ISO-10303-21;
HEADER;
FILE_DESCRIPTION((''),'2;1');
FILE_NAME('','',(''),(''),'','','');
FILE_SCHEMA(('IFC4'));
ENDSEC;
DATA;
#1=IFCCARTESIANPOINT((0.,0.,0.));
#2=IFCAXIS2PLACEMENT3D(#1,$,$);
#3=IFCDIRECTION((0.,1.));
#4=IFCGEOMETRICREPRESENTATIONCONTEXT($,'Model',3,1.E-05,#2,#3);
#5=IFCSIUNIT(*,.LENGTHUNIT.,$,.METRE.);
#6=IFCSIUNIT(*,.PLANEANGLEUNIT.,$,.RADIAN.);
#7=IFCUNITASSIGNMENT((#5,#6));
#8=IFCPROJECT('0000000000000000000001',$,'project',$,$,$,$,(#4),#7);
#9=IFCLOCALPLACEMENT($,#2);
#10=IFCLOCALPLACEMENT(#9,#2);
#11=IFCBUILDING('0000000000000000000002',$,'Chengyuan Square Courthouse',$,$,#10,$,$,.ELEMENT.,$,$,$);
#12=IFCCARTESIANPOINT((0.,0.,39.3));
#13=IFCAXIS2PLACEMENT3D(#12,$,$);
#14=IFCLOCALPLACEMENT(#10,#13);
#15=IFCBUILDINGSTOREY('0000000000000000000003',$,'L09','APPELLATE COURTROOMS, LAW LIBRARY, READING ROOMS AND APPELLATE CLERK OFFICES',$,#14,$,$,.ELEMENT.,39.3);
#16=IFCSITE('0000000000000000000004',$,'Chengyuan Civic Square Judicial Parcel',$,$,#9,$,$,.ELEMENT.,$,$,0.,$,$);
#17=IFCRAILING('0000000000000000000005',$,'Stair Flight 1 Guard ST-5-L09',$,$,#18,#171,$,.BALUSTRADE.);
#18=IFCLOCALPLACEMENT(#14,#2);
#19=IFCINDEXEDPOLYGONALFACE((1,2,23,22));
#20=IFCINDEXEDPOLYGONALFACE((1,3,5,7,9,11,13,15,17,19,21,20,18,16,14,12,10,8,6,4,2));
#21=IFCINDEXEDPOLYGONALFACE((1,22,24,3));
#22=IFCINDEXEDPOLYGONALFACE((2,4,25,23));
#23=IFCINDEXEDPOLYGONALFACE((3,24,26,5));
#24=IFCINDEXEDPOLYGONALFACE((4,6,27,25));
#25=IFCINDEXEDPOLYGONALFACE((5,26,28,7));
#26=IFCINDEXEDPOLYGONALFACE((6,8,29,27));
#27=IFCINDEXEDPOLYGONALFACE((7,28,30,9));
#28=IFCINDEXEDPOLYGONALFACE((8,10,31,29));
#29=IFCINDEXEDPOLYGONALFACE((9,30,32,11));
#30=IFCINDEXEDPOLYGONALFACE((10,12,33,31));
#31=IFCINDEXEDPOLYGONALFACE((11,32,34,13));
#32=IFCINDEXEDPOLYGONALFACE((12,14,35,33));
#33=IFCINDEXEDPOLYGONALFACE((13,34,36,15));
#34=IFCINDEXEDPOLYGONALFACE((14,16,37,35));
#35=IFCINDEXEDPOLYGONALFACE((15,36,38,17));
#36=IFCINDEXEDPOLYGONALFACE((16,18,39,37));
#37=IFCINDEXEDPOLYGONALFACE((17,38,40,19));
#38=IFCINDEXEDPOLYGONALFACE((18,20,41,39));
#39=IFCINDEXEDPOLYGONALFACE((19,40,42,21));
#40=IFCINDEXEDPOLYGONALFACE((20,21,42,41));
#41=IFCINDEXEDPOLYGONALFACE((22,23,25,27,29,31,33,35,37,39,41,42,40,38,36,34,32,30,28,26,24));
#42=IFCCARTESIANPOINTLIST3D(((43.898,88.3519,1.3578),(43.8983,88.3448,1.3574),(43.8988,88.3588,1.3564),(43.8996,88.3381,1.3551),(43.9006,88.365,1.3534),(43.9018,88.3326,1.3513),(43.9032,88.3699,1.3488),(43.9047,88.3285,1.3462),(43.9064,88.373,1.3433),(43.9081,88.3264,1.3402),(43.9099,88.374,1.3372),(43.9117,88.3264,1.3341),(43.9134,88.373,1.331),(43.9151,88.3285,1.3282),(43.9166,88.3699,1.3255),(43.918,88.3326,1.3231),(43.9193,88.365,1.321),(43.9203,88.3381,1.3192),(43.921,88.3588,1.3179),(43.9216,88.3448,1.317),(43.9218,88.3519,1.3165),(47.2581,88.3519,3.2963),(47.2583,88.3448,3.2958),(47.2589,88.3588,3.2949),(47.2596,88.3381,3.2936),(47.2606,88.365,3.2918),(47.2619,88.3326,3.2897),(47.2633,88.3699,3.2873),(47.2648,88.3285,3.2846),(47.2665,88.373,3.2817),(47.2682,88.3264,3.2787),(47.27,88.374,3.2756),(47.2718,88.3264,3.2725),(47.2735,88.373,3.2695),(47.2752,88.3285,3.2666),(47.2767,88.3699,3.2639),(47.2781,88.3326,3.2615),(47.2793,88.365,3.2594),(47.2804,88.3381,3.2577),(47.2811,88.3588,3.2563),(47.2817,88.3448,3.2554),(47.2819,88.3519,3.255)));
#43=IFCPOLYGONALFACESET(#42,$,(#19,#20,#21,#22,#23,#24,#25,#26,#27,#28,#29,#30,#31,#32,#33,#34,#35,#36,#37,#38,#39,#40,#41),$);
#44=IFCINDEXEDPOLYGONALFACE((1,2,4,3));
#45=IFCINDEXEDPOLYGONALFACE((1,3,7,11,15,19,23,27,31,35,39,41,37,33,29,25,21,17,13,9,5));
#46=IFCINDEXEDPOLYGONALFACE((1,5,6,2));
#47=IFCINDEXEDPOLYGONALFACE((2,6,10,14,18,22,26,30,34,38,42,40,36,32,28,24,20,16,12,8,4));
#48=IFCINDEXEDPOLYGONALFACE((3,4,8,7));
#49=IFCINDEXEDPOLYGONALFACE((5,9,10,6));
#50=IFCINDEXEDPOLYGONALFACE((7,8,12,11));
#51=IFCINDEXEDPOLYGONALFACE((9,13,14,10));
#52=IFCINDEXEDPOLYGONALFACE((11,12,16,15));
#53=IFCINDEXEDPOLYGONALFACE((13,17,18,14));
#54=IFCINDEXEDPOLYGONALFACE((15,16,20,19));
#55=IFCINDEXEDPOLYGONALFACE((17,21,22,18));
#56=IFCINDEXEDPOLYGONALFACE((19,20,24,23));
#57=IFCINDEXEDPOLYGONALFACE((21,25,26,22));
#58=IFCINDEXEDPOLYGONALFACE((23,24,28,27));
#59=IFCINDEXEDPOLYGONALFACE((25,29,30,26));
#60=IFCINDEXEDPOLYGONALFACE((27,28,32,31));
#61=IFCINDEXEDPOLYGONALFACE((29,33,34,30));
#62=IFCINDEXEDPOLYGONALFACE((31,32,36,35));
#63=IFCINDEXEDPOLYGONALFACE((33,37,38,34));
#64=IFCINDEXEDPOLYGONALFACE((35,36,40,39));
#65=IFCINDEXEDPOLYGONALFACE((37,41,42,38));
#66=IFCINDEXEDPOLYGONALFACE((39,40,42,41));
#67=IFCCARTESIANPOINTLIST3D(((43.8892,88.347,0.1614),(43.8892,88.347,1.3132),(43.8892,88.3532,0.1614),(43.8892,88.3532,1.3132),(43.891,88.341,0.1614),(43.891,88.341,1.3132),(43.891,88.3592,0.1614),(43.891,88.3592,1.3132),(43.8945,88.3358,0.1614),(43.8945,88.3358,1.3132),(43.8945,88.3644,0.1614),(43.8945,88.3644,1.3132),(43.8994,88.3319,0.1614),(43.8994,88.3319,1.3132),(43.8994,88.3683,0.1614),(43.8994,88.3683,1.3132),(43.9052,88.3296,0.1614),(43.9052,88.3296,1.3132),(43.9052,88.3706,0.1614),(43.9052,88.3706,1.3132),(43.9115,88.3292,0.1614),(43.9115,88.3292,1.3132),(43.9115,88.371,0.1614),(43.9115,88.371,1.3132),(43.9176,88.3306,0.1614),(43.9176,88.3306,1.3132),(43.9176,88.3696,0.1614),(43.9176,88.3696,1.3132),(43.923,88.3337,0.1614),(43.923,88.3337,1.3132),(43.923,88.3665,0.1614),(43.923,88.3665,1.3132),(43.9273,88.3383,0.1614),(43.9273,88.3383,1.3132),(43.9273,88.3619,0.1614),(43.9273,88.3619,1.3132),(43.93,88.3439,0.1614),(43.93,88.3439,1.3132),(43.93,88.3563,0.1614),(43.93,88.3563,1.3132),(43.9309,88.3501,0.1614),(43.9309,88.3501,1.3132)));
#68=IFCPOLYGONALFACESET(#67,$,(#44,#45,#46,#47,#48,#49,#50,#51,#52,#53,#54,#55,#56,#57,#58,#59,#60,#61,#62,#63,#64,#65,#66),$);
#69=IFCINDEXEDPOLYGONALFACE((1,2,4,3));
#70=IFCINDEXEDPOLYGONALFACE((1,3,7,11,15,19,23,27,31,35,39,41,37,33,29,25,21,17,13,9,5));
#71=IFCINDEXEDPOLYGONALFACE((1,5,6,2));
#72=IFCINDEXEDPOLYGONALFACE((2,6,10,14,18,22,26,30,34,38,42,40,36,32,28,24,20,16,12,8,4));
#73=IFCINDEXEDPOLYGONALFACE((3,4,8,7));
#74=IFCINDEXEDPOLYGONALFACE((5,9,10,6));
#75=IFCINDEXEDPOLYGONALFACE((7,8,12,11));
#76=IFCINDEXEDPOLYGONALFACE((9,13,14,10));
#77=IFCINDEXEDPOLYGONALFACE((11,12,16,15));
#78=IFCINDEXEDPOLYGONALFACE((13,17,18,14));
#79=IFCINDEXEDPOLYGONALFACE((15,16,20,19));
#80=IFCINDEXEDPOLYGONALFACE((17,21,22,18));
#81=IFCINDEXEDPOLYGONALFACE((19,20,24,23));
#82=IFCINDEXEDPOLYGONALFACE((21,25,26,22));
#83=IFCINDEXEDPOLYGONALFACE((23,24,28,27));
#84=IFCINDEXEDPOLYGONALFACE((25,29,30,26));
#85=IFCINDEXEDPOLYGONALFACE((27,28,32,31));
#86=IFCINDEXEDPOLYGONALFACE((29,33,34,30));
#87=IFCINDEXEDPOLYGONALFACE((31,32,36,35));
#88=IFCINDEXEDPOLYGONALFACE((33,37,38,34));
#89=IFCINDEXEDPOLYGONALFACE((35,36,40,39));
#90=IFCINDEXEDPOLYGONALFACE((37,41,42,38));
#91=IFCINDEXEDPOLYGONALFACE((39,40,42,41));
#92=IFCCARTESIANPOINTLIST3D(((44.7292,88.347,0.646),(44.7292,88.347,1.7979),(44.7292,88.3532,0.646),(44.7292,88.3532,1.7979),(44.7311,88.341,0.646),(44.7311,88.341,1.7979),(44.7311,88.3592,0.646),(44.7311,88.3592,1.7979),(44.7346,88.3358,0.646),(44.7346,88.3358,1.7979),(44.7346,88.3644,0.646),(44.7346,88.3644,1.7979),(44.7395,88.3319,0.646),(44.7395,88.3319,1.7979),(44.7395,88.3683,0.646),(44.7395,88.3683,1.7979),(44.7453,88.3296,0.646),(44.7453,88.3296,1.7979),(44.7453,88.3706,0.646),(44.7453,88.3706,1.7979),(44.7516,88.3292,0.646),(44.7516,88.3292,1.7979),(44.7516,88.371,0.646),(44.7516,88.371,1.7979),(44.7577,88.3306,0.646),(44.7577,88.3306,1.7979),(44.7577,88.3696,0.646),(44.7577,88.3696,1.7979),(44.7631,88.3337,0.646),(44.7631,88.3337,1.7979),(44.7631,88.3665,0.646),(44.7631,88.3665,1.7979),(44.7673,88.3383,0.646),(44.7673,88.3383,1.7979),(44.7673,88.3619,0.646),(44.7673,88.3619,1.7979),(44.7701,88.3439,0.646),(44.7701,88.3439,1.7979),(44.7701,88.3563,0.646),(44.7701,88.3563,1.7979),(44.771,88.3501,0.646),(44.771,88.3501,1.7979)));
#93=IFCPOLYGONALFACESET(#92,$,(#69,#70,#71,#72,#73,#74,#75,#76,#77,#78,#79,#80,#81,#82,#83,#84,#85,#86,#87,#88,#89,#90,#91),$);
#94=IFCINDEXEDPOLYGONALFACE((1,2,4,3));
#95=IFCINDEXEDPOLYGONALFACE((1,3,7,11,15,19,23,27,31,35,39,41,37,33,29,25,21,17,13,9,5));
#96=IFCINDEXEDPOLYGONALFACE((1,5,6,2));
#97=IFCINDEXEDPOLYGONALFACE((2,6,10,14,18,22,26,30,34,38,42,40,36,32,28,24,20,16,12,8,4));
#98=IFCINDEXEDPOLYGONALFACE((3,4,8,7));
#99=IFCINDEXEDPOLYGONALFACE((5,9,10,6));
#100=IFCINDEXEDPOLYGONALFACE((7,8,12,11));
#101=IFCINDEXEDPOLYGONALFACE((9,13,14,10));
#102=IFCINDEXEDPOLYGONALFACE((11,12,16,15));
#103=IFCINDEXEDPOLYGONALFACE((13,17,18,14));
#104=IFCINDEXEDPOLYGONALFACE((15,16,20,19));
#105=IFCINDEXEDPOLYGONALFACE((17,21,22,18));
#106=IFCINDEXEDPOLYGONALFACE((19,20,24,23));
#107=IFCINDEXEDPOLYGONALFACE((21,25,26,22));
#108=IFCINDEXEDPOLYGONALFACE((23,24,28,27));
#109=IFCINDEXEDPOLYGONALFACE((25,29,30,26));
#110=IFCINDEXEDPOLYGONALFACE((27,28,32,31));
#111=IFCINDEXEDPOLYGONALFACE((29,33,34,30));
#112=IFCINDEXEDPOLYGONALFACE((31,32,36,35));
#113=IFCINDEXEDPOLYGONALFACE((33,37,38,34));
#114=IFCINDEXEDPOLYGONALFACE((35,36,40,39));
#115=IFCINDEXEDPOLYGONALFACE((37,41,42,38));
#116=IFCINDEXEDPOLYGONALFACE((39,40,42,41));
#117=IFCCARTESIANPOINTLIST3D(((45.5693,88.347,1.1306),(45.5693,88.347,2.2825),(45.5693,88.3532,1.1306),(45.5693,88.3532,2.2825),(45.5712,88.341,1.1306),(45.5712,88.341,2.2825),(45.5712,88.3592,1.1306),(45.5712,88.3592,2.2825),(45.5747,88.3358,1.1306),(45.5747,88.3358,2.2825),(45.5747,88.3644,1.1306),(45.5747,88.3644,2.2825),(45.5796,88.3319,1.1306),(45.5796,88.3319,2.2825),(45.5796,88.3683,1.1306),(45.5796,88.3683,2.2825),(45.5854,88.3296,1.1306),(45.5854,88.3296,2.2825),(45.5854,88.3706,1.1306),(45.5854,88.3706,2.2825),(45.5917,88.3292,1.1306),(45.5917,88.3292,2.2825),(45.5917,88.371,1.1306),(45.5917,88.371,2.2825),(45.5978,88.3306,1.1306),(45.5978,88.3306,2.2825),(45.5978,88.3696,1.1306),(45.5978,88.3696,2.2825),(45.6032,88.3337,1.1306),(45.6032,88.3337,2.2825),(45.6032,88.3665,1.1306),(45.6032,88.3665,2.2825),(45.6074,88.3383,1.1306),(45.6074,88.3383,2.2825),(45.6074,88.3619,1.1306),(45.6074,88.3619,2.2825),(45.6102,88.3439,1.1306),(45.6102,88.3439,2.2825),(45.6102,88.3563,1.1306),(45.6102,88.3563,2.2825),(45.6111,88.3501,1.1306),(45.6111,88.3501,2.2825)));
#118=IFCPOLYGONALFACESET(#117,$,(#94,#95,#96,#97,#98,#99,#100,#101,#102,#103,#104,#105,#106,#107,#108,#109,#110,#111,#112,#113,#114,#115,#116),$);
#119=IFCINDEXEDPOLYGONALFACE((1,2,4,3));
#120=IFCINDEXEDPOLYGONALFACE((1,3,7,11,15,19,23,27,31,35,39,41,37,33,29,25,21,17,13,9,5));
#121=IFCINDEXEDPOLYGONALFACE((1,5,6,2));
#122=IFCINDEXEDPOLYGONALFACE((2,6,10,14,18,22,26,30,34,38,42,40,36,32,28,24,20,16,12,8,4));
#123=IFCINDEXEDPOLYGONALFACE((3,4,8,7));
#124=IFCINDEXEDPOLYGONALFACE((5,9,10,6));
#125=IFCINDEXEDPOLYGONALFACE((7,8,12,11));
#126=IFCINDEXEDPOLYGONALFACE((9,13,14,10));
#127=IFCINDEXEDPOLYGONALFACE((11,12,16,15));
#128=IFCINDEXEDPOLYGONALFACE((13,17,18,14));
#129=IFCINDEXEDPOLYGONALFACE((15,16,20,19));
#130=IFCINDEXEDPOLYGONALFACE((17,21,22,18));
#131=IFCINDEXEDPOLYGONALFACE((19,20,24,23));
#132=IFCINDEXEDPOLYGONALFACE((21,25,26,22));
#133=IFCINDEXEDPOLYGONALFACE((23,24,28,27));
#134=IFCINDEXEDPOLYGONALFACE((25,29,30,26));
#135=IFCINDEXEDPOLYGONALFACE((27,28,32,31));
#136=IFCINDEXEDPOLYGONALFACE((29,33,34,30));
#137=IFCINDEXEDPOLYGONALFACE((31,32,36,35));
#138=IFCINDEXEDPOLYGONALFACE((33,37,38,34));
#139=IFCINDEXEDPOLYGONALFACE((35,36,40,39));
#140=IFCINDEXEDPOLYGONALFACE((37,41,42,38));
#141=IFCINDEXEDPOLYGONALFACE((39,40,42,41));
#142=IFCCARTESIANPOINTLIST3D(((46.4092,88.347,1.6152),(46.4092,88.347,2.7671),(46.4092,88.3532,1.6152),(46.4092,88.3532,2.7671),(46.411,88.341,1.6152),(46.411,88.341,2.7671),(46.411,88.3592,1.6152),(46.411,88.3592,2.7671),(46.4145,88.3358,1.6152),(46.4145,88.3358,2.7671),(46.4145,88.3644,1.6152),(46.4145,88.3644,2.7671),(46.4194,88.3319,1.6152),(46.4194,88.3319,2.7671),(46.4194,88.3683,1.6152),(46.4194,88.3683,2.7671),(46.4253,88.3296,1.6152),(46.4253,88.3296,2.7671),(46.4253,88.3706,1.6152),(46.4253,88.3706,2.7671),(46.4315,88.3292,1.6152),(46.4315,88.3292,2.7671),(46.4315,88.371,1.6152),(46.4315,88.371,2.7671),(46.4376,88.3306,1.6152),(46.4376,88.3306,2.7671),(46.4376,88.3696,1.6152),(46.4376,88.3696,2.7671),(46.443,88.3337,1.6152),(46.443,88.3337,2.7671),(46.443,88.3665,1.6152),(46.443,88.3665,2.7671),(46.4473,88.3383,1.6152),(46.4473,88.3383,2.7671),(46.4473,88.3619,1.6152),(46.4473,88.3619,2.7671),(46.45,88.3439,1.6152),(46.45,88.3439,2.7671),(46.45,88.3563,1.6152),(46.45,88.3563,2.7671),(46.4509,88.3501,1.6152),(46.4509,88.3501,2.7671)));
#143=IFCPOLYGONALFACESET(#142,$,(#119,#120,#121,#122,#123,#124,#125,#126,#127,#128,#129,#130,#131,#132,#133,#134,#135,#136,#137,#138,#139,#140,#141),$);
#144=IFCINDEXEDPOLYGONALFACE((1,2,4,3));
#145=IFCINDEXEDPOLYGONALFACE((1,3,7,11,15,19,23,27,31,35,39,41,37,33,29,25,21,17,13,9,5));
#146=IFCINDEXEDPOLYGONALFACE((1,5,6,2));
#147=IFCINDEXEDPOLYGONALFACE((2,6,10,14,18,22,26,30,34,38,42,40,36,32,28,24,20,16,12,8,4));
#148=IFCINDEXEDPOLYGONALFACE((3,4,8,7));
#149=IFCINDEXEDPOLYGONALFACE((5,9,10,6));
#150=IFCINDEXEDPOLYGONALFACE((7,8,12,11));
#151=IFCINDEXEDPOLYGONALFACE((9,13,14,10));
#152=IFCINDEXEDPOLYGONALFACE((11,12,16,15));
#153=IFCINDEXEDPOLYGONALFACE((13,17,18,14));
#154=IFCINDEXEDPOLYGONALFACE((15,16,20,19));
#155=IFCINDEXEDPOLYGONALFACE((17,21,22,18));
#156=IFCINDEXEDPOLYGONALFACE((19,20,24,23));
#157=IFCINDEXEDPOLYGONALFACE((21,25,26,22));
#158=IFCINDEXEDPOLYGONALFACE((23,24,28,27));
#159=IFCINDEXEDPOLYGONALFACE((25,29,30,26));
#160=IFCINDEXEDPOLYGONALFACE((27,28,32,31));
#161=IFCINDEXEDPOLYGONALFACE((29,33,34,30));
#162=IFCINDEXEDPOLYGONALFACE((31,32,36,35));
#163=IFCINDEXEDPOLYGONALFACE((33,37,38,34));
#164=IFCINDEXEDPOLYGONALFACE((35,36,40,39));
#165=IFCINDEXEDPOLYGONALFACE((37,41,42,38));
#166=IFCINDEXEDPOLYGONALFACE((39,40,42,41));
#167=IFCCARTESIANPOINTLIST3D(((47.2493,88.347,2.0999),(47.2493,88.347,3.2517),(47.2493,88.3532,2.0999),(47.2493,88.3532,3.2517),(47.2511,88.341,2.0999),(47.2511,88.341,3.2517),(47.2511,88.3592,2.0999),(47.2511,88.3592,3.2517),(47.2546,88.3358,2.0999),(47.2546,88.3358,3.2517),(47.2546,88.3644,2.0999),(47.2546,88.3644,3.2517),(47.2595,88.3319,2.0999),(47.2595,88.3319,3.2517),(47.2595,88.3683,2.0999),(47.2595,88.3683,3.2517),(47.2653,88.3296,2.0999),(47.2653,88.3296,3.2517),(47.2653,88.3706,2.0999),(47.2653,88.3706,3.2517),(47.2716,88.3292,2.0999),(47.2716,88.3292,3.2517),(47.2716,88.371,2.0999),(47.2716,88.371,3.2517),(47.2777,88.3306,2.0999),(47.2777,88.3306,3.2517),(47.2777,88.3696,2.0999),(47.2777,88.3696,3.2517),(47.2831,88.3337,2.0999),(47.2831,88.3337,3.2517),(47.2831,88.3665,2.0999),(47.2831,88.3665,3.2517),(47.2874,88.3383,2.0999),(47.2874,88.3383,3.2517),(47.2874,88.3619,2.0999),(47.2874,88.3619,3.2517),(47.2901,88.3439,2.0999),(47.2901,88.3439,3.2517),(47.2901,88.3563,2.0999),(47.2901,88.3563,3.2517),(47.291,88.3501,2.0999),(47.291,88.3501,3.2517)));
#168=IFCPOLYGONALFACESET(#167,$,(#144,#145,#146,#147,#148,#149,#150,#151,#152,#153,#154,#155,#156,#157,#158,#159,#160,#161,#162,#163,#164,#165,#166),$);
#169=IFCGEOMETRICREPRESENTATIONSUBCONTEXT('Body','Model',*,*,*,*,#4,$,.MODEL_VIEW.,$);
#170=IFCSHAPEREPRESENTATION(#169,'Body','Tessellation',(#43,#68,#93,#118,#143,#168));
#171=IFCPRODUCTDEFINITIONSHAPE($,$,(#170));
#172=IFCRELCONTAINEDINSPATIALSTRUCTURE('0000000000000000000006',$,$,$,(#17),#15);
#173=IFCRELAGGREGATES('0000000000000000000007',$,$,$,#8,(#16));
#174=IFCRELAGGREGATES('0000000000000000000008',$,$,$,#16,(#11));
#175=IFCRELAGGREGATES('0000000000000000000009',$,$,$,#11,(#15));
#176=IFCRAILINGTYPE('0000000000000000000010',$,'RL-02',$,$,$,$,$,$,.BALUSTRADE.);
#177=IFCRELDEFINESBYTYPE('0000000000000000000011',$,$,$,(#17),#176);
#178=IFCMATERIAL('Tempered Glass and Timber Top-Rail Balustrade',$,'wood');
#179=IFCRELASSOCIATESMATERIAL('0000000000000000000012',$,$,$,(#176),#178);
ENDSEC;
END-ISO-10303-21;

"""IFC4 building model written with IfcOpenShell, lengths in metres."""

from ifc_helpers import new_model, si_unit, direction, frame, origin, origin_2d, place, context, subcontext, project, spatial, circle, extrude, material, type_object, element, save


model = new_model("IFC4")

# Units and contexts
model_context = context("Model", 3, precision=1e-05, world=origin(), true_north=direction((0.0, 1.0)))
body_context = subcontext(model_context, "Body", "Model", "MODEL_VIEW")
ifc_project = project(units=[si_unit("LENGTHUNIT", "METRE"), si_unit("PLANEANGLEUNIT", "RADIAN")], contexts=[model_context])

# Site, building, storey
site_placement = place(None, origin())
site = spatial("IfcSite", under=ifc_project, at=site_placement, Name="Chengyuan Civic Square Judicial Parcel", CompositionType="ELEMENT", RefElevation=0.0)
building_placement = place(site_placement, origin())
building = spatial("IfcBuilding", under=site, at=building_placement, Name="Chengyuan Square Courthouse", CompositionType="ELEMENT")
storey_placement = place(building_placement, frame((0.0, 0.0, 39.3)))
storey = spatial("IfcBuildingStorey", under=building, at=storey_placement, Name="L09", Description="APPELLATE COURTROOMS, LAW LIBRARY, READING ROOMS AND APPELLATE CLERK OFFICES", CompositionType="ELEMENT", Elevation=39.3)

# Railing
ifc_material_1 = material(Name="Tempered Glass and Timber Top-Rail Balustrade", Category="wood")
railing_type_1 = type_object("IfcRailingType", Name="RL-02", PredefinedType="BALUSTRADE", material=ifc_material_1)
railing_1_placement = place(storey_placement, frame((43.9099, 88.3501, 0.1614)))
element("IfcRailing", 1, at=railing_1_placement, inside=storey, type_object=railing_type_1, Name="Stair Flight 1 Guard ST-5-L09", PredefinedType="BALUSTRADE", context=body_context, shape_type="SweptSolid", body=[
    extrude(circle(Radius=0.0239, at=origin_2d()), frame((0.0, 0.0, 1.1758), z_axis=(0.866191, 0.0, 0.499713), x_axis=(0.0, 1.0, 0.0)), (0.0, 0.0, 1.0), 3.8792),
    extrude(circle(Radius=0.021, at=origin_2d()), origin(), (0.0, 0.0, 1.0), 1.1519),
    extrude(circle(Radius=0.021, at=origin_2d()), frame((0.8401, 0.0, 0.4846)), (0.0, 0.0, 1.0), 1.1519),
    extrude(circle(Radius=0.021, at=origin_2d()), frame((1.6802, 0.0, 0.9692)), (0.0, 0.0, 1.0), 1.1519),
    extrude(circle(Radius=0.021, at=origin_2d()), frame((2.52, 0.0, 1.4539)), (0.0, 0.0, 1.0), 1.1519),
    extrude(circle(Radius=0.021, at=origin_2d()), frame((3.3601, 0.0, 1.9385)), (0.0, 0.0, 1.0), 1.1519),
])

save(model, "model.ifc")
